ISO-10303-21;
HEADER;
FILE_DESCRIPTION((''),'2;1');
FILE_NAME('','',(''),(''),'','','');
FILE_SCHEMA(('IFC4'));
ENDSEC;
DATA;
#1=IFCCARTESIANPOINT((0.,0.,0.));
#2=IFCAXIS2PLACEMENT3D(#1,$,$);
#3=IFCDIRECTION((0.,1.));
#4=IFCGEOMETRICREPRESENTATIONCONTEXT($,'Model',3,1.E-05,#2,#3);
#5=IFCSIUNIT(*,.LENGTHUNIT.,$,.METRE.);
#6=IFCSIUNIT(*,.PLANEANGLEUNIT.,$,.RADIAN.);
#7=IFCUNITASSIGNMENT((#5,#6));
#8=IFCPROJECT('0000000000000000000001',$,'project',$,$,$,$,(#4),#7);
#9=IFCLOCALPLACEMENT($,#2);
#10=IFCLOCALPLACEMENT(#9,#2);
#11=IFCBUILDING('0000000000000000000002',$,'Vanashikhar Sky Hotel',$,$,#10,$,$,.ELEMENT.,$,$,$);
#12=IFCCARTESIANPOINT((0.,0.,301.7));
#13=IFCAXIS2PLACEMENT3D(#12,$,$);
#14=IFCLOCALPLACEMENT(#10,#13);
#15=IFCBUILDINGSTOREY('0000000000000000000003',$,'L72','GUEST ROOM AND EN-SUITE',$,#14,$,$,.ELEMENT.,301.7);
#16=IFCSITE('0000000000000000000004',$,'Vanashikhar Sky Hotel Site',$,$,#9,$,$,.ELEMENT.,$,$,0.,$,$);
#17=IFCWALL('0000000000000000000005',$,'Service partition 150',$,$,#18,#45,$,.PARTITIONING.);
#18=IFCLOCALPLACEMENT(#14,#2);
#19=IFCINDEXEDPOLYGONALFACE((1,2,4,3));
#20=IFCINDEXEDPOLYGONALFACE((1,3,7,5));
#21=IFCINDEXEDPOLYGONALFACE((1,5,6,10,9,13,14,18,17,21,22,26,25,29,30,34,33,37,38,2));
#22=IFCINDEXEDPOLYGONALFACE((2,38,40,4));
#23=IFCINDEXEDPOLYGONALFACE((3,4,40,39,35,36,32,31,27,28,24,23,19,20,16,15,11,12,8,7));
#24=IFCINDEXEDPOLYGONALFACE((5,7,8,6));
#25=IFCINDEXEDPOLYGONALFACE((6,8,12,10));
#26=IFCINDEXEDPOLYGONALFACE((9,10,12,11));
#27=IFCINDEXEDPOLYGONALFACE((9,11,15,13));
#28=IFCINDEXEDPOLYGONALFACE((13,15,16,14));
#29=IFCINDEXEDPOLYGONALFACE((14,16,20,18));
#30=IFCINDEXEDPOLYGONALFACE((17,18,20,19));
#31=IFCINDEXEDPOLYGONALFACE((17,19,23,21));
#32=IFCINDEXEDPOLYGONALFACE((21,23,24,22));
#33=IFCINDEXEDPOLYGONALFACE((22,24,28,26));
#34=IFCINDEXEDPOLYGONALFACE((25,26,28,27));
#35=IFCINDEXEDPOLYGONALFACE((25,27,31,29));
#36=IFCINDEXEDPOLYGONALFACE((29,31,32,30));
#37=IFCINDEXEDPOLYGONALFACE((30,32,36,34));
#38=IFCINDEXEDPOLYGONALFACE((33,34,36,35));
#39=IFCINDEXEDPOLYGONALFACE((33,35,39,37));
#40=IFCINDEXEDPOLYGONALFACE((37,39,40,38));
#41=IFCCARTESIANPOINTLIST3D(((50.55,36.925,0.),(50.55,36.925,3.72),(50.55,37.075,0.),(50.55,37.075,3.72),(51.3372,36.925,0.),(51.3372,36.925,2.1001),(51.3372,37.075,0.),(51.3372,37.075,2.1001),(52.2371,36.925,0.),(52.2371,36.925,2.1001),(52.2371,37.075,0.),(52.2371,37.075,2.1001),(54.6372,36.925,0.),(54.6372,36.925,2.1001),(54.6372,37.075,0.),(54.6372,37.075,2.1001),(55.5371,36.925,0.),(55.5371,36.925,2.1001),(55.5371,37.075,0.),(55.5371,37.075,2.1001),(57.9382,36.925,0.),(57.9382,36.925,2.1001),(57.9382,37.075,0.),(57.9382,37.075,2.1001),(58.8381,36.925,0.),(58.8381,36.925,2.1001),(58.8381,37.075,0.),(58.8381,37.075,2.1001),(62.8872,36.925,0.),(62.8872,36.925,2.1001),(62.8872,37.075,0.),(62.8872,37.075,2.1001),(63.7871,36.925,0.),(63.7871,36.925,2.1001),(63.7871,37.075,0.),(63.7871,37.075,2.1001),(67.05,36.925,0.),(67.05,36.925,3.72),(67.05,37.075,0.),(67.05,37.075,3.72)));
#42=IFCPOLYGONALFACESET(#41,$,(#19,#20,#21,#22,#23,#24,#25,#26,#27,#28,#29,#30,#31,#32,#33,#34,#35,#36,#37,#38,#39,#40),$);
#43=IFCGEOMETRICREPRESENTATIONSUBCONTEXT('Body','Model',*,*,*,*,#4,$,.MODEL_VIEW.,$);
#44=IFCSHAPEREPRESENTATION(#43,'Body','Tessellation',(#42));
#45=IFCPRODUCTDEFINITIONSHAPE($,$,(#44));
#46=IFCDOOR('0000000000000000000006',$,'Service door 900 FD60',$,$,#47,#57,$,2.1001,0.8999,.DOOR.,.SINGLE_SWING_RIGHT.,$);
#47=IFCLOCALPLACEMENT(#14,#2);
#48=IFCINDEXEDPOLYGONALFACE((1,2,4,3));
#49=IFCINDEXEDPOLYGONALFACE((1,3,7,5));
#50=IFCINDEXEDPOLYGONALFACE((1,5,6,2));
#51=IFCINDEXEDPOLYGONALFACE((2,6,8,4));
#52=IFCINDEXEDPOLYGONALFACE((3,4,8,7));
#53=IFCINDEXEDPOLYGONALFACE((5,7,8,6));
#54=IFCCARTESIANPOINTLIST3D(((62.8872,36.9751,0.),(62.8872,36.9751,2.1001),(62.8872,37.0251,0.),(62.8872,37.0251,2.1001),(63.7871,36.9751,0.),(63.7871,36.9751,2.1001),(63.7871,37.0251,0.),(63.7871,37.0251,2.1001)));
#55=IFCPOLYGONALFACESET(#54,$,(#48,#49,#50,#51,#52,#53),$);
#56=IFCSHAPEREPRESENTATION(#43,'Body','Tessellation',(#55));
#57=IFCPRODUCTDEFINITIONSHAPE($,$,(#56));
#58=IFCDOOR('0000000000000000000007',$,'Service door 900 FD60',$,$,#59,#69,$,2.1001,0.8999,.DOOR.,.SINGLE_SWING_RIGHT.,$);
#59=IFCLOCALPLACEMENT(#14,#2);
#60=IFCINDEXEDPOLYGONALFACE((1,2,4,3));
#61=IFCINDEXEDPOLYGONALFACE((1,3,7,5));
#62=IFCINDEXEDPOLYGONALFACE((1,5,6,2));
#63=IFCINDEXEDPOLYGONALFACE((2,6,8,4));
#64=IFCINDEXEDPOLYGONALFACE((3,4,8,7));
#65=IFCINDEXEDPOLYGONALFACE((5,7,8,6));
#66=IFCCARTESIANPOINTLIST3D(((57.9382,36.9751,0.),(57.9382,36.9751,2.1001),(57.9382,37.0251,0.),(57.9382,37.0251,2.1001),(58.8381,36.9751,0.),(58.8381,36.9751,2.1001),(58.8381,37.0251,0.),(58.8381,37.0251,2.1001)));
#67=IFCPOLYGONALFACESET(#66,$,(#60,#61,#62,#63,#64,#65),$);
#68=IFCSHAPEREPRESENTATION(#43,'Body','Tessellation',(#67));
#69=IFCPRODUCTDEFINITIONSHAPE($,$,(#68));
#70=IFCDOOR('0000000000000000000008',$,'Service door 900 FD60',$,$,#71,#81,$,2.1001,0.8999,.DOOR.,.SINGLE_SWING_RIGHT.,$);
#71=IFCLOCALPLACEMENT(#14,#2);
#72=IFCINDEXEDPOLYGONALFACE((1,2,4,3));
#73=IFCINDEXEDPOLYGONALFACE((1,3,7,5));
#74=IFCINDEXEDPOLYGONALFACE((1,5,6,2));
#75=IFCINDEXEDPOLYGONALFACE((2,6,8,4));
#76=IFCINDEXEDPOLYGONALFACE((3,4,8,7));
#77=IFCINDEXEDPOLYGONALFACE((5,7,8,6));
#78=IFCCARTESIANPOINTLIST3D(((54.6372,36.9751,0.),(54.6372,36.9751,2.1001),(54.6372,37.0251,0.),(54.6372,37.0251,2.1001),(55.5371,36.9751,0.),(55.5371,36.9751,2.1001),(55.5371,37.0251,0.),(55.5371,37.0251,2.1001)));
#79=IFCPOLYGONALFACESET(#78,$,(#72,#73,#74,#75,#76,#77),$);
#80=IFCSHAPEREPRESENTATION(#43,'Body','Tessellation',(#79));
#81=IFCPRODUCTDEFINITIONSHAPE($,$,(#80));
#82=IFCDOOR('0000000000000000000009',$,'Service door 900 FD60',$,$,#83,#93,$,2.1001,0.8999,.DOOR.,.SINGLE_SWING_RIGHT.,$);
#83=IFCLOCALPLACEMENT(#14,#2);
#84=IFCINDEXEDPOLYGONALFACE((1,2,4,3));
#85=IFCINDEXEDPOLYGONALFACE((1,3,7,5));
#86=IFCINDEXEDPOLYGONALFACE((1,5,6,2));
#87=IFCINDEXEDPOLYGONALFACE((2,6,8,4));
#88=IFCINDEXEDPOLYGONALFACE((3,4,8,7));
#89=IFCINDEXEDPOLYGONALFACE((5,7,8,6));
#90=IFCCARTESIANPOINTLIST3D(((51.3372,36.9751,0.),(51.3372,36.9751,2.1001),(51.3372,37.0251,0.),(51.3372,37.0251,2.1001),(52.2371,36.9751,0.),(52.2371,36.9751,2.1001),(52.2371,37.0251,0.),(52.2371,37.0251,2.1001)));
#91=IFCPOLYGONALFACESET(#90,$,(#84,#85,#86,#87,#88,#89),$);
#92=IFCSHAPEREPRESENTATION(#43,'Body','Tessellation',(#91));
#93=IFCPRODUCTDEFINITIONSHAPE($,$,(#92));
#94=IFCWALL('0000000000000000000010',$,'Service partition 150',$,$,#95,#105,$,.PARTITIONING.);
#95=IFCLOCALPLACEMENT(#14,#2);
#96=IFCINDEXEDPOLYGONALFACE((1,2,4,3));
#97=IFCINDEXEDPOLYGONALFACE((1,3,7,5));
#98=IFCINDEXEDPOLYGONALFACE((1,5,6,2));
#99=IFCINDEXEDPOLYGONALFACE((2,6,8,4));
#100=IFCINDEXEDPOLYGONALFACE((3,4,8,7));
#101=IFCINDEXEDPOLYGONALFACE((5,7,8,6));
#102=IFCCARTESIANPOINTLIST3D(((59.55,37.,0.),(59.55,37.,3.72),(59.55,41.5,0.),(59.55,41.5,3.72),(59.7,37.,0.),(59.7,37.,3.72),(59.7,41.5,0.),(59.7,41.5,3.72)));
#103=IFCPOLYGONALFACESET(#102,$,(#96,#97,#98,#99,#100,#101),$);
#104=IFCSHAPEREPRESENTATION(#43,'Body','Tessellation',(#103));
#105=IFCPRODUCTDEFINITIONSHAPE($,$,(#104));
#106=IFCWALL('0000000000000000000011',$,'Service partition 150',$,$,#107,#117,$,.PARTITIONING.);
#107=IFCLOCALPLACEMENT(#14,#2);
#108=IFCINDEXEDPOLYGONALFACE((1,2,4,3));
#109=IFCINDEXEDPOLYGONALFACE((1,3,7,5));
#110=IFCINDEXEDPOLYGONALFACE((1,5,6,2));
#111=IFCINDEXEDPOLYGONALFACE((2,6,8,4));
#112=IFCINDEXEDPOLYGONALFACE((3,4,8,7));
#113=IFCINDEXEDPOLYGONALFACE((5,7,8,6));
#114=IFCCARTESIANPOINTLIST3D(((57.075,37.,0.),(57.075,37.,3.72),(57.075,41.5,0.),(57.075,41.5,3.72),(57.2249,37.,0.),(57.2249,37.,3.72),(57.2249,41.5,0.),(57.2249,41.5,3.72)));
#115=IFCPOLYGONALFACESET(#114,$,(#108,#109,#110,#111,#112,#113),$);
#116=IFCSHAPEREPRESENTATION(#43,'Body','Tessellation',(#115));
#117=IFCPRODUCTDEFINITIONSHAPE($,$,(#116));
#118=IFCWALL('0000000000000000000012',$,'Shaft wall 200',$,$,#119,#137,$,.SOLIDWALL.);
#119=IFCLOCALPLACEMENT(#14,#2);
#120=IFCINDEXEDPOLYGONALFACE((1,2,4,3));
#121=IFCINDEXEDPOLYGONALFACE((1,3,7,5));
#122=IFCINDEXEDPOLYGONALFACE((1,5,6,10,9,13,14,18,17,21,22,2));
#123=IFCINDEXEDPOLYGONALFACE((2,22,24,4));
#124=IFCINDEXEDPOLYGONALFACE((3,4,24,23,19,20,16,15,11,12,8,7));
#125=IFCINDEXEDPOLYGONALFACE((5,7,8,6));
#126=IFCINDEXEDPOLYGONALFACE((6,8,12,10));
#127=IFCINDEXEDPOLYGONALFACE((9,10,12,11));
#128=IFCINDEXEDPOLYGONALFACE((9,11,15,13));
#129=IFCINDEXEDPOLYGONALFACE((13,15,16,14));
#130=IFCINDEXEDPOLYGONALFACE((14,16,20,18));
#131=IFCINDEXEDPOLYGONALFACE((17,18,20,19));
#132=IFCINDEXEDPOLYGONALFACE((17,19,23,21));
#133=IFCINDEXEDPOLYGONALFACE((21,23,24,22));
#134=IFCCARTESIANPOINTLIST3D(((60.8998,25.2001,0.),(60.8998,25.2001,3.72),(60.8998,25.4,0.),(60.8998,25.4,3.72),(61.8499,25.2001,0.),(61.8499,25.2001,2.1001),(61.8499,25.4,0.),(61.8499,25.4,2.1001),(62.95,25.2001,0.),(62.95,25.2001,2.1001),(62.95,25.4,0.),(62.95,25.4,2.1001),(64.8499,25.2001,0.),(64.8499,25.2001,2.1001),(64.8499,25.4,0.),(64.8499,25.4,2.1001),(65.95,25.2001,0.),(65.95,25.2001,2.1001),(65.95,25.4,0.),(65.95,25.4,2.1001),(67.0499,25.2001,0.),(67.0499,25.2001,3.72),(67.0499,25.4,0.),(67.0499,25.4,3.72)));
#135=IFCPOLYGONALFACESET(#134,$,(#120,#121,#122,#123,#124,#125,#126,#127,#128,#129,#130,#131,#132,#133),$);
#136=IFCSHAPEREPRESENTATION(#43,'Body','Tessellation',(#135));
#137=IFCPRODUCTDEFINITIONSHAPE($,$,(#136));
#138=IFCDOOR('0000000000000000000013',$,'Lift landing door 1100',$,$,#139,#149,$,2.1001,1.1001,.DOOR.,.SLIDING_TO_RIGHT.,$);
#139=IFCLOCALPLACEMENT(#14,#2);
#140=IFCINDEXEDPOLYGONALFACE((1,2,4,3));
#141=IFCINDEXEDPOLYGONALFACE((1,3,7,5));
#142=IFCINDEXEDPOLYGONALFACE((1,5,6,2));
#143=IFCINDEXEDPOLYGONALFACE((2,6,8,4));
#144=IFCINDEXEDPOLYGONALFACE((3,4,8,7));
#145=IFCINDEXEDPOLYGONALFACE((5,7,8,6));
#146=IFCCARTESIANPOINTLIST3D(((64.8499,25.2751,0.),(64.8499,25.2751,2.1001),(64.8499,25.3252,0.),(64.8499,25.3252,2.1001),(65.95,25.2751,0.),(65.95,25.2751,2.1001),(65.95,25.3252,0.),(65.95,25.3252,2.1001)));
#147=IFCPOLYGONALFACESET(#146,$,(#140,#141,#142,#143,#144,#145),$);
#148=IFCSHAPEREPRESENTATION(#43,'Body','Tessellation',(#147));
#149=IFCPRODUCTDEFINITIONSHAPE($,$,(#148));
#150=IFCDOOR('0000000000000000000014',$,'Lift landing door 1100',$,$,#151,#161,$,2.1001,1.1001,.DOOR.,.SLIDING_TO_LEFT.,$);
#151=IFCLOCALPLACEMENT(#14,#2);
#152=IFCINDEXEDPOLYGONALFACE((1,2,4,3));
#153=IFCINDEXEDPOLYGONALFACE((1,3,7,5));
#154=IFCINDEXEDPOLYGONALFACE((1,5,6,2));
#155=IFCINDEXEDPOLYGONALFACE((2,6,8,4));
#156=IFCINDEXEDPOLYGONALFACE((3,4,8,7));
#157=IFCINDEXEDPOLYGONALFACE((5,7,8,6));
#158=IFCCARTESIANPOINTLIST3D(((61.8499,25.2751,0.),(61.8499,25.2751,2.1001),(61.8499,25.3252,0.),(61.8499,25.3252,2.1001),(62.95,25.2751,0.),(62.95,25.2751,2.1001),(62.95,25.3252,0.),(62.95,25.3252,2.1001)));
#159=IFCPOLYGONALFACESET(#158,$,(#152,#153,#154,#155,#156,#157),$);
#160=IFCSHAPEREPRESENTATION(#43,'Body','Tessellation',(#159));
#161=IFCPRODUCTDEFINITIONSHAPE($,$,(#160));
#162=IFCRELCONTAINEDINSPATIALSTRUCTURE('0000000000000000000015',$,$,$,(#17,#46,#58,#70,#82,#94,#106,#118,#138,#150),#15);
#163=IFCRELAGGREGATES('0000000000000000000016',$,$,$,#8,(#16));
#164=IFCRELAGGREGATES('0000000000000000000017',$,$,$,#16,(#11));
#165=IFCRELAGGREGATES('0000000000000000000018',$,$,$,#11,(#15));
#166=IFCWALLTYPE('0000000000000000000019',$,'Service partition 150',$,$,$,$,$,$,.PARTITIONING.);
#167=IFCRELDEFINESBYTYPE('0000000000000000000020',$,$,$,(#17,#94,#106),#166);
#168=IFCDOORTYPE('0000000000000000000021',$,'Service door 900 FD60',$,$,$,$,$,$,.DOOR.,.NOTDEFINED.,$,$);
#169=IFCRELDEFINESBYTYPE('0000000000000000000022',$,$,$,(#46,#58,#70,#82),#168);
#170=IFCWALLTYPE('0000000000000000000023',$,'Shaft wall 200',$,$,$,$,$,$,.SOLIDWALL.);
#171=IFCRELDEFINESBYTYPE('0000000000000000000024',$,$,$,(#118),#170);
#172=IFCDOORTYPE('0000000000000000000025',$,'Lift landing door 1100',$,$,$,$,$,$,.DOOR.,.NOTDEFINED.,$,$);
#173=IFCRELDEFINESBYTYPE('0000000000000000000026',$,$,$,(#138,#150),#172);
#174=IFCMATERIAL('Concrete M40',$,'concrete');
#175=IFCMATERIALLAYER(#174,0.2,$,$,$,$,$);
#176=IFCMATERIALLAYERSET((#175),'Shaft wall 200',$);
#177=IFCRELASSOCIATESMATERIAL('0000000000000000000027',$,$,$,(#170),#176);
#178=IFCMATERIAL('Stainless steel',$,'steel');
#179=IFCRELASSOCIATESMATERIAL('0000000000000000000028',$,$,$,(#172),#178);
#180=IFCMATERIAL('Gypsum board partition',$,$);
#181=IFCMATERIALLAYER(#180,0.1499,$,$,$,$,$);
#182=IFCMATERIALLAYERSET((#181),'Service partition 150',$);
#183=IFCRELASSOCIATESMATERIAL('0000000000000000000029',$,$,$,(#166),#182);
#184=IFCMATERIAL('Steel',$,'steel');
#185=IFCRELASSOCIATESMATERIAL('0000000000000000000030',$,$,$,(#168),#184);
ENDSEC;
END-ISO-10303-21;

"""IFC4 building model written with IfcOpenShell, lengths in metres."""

from ifc_helpers import new_model, si_unit, direction, frame, frame_2d, origin, place, context, subcontext, project, spatial, rectangle, extrude, source, transform, mapped, material, layer, layer_set, type_object, element, fill, save


model = new_model("IFC4")

# Units and contexts
model_context = context("Model", 3, precision=1e-05, world=origin(), true_north=direction((0.0, 1.0)))
body_context = subcontext(model_context, "Body", "Model", "MODEL_VIEW")
ifc_project = project(units=[si_unit("LENGTHUNIT", "METRE"), si_unit("PLANEANGLEUNIT", "RADIAN")], contexts=[model_context])

# Site, building, storey
site_placement = place(None, origin())
site = spatial("IfcSite", under=ifc_project, at=site_placement, Name="Vanashikhar Sky Hotel Site", CompositionType="ELEMENT", RefElevation=0.0)
building_placement = place(site_placement, origin())
building = spatial("IfcBuilding", under=site, at=building_placement, Name="Vanashikhar Sky Hotel", CompositionType="ELEMENT")
storey_placement = place(building_placement, frame((0.0, 0.0, 301.7)))
storey = spatial("IfcBuildingStorey", under=building, at=storey_placement, Name="L72", Description="GUEST ROOM AND EN-SUITE", CompositionType="ELEMENT", Elevation=301.7)

# Shared definitions
ifc_material_1 = material(Name="Concrete M40", Category="concrete")
ifc_layer_1 = layer(ifc_material_1, 0.2)
ifc_layer_set_1 = layer_set([ifc_layer_1], Name="Shaft wall 200")
wall_type_1 = type_object("IfcWallType", Name="Shaft wall 200", PredefinedType="SOLIDWALL", material=ifc_layer_set_1)
shared_shape_1 = source(origin(), body_context, "Body", "SweptSolid", [
    extrude(rectangle(XDim=1.1001, YDim=2.1001, at=frame_2d((0.55, 1.05))), frame((0.0, 0.1099, 0.0), z_axis=(0.0, -1.0, 0.0), x_axis=(1.0, 0.0, 0.0)), (0.0, 0.0, 1.0), 0.22),
])
ifc_material_2 = material(Name="Stainless steel", Category="steel")
door_type_1 = type_object("IfcDoorType", Name="Lift landing door 1100", OperationType="NOTDEFINED", PredefinedType="DOOR", material=ifc_material_2)
shared_shape_2 = source(origin(), body_context, "Body", "SweptSolid", [
    extrude(rectangle(XDim=1.1001, YDim=2.1001, at=frame_2d((0.55, 1.05))), frame((0.0, 0.0249, 0.0), z_axis=(0.0, -1.0, 0.0), x_axis=(1.0, 0.0, 0.0)), (0.0, 0.0, 1.0), 0.05),
])

# Shared definitions
ifc_material_3 = material(Name="Gypsum board partition")
ifc_layer_2 = layer(ifc_material_3, 0.1499)
ifc_layer_set_2 = layer_set([ifc_layer_2], Name="Service partition 150")
wall_type_2 = type_object("IfcWallType", Name="Service partition 150", PredefinedType="PARTITIONING", material=ifc_layer_set_2)
shared_shape_3 = source(origin(), body_context, "Body", "SweptSolid", [
    extrude(rectangle(XDim=0.8999, YDim=2.1001, at=frame_2d((0.45, 1.05))), frame((0.0, 0.085, 0.0), z_axis=(0.0, -1.0, 0.0), x_axis=(1.0, 0.0, 0.0)), (0.0, 0.0, 1.0), 0.1699),
])
ifc_material_4 = material(Name="Steel", Category="steel")
door_type_2 = type_object("IfcDoorType", Name="Service door 900 FD60", OperationType="NOTDEFINED", PredefinedType="DOOR", material=ifc_material_4)
shared_shape_4 = source(origin(), body_context, "Body", "SweptSolid", [
    extrude(rectangle(XDim=0.8999, YDim=2.1001, at=frame_2d((0.45, 1.05))), frame((0.0, 0.0249, 0.0), z_axis=(0.0, -1.0, 0.0), x_axis=(1.0, 0.0, 0.0)), (0.0, 0.0, 1.0), 0.05),
])

# Wall, openings, doors
shared_shape_5 = source(origin(), body_context, "Body", "SweptSolid", [
    extrude(rectangle(XDim=16.5, YDim=0.1499, at=frame_2d((8.25, 0.0))), origin(), (0.0, 0.0, 1.0), 3.72),
])
wall_1_placement = place(storey_placement, frame((67.05, 37.0, 0.0), z_axis=(0.0, 0.0, 1.0), x_axis=(-1.0, 0.0, 0.0)))
wall_1 = element("IfcWall", 1, at=wall_1_placement, inside=storey, type_object=wall_type_2, Name="Service partition 150", PredefinedType="PARTITIONING", context=body_context, shape_type="MappedRepresentation", body=[
    mapped(shared_shape_5, transform((0.0, 0.0, 0.0), scale=1.0)),
])
opening_1_placement = place(wall_1_placement, frame((3.2629, 0.0, 0.0)))
opening_1 = element("IfcOpeningElement", 2, at=opening_1_placement, cuts=wall_1, PredefinedType="OPENING", context=body_context, shape_type="MappedRepresentation", body=[
    mapped(shared_shape_3, transform((0.0, 0.0, 0.0), scale=1.0)),
])
opening_2_placement = place(wall_1_placement, frame((8.2119, 0.0, 0.0)))
opening_2 = element("IfcOpeningElement", 3, at=opening_2_placement, cuts=wall_1, PredefinedType="OPENING", context=body_context, shape_type="MappedRepresentation", body=[
    mapped(shared_shape_3, transform((0.0, 0.0, 0.0), scale=1.0)),
])
opening_3_placement = place(wall_1_placement, frame((11.5129, 0.0, 0.0)))
opening_3 = element("IfcOpeningElement", 4, at=opening_3_placement, cuts=wall_1, PredefinedType="OPENING", context=body_context, shape_type="MappedRepresentation", body=[
    mapped(shared_shape_3, transform((0.0, 0.0, 0.0), scale=1.0)),
])
opening_4_placement = place(wall_1_placement, frame((14.813, 0.0, 0.0)))
opening_4 = element("IfcOpeningElement", 5, at=opening_4_placement, cuts=wall_1, PredefinedType="OPENING", context=body_context, shape_type="MappedRepresentation", body=[
    mapped(shared_shape_3, transform((0.0, 0.0, 0.0), scale=1.0)),
])
door_1_placement = place(opening_1_placement, origin())
door_1 = element("IfcDoor", 6, at=door_1_placement, inside=storey, type_object=door_type_2, Name="Service door 900 FD60", OperationType="SINGLE_SWING_RIGHT", OverallHeight=2.1001, OverallWidth=0.8999, PredefinedType="DOOR", context=body_context, shape_type="MappedRepresentation", body=[
    mapped(shared_shape_4, transform((0.0, 0.0, 0.0), scale=1.0)),
])
fill(opening_1, door_1)
door_2_placement = place(opening_2_placement, origin())
door_2 = element("IfcDoor", 7, at=door_2_placement, inside=storey, type_object=door_type_2, Name="Service door 900 FD60", OperationType="SINGLE_SWING_RIGHT", OverallHeight=2.1001, OverallWidth=0.8999, PredefinedType="DOOR", context=body_context, shape_type="MappedRepresentation", body=[
    mapped(shared_shape_4, transform((0.0, 0.0, 0.0), scale=1.0)),
])
fill(opening_2, door_2)
door_3_placement = place(opening_3_placement, origin())
door_3 = element("IfcDoor", 8, at=door_3_placement, inside=storey, type_object=door_type_2, Name="Service door 900 FD60", OperationType="SINGLE_SWING_RIGHT", OverallHeight=2.1001, OverallWidth=0.8999, PredefinedType="DOOR", context=body_context, shape_type="MappedRepresentation", body=[
    mapped(shared_shape_4, transform((0.0, 0.0, 0.0), scale=1.0)),
])
fill(opening_3, door_3)
door_4_placement = place(opening_4_placement, origin())
door_4 = element("IfcDoor", 9, at=door_4_placement, inside=storey, type_object=door_type_2, Name="Service door 900 FD60", OperationType="SINGLE_SWING_RIGHT", OverallHeight=2.1001, OverallWidth=0.8999, PredefinedType="DOOR", context=body_context, shape_type="MappedRepresentation", body=[
    mapped(shared_shape_4, transform((0.0, 0.0, 0.0), scale=1.0)),
])
fill(opening_4, door_4)

# Walls
shared_shape_6 = source(origin(), body_context, "Body", "SweptSolid", [
    extrude(rectangle(XDim=4.5, YDim=0.1499, at=frame_2d((2.25, 0.0))), origin(), (0.0, 0.0, 1.0), 3.72),
])
for number, where, z_axis, x_axis, name in (
    (10, (59.625, 37.0, 0.0), (0.0, 0.0, 1.0), (0.0, 1.0, 0.0), "Service partition 150"),
    (11, (57.1499, 37.0, 0.0), (0.0, 0.0, 1.0), (0.0, 1.0, 0.0), "Service partition 150"),
):
    element("IfcWall", number, at=place(storey_placement, frame(where, z_axis=z_axis, x_axis=x_axis)), inside=storey, type_object=wall_type_2, Name=name, PredefinedType="PARTITIONING", context=body_context, shape_type="MappedRepresentation", body=[
        mapped(shared_shape_6, transform((0.0, 0.0, 0.0), scale=1.0)),
    ])

# Wall, openings, doors
shared_shape_7 = source(origin(), body_context, "Body", "SweptSolid", [
    extrude(rectangle(XDim=6.1501, YDim=0.2, at=frame_2d((3.0752, 0.0))), origin(), (0.0, 0.0, 1.0), 3.72),
])
wall_2_placement = place(storey_placement, frame((67.05, 25.3, 0.0), z_axis=(0.0, 0.0, 1.0), x_axis=(-1.0, 0.0, 0.0)))
wall_2 = element("IfcWall", 12, at=wall_2_placement, inside=storey, type_object=wall_type_1, Name="Shaft wall 200", PredefinedType="SOLIDWALL", context=body_context, shape_type="MappedRepresentation", body=[
    mapped(shared_shape_7, transform((0.0, 0.0, 0.0), scale=1.0)),
])
opening_5_placement = place(wall_2_placement, frame((1.1001, 0.0, 0.0)))
opening_5 = element("IfcOpeningElement", 13, at=opening_5_placement, cuts=wall_2, PredefinedType="OPENING", context=body_context, shape_type="MappedRepresentation", body=[
    mapped(shared_shape_1, transform((0.0, 0.0, 0.0), scale=1.0)),
])
opening_6_placement = place(wall_2_placement, frame((4.1001, 0.0, 0.0)))
opening_6 = element("IfcOpeningElement", 14, at=opening_6_placement, cuts=wall_2, PredefinedType="OPENING", context=body_context, shape_type="MappedRepresentation", body=[
    mapped(shared_shape_1, transform((0.0, 0.0, 0.0), scale=1.0)),
])
door_5_placement = place(opening_5_placement, origin())
door_5 = element("IfcDoor", 15, at=door_5_placement, inside=storey, type_object=door_type_1, Name="Lift landing door 1100", OperationType="SLIDING_TO_RIGHT", OverallHeight=2.1001, OverallWidth=1.1001, PredefinedType="DOOR", context=body_context, shape_type="MappedRepresentation", body=[
    mapped(shared_shape_2, transform((0.0, 0.0, 0.0), scale=1.0)),
])
fill(opening_5, door_5)
door_6_placement = place(opening_6_placement, origin())
door_6 = element("IfcDoor", 16, at=door_6_placement, inside=storey, type_object=door_type_1, Name="Lift landing door 1100", OperationType="SLIDING_TO_LEFT", OverallHeight=2.1001, OverallWidth=1.1001, PredefinedType="DOOR", context=body_context, shape_type="MappedRepresentation", body=[
    mapped(shared_shape_2, transform((0.0, 0.0, 0.0), scale=1.0)),
])
fill(opening_6, door_6)

save(model, "model.ifc")
